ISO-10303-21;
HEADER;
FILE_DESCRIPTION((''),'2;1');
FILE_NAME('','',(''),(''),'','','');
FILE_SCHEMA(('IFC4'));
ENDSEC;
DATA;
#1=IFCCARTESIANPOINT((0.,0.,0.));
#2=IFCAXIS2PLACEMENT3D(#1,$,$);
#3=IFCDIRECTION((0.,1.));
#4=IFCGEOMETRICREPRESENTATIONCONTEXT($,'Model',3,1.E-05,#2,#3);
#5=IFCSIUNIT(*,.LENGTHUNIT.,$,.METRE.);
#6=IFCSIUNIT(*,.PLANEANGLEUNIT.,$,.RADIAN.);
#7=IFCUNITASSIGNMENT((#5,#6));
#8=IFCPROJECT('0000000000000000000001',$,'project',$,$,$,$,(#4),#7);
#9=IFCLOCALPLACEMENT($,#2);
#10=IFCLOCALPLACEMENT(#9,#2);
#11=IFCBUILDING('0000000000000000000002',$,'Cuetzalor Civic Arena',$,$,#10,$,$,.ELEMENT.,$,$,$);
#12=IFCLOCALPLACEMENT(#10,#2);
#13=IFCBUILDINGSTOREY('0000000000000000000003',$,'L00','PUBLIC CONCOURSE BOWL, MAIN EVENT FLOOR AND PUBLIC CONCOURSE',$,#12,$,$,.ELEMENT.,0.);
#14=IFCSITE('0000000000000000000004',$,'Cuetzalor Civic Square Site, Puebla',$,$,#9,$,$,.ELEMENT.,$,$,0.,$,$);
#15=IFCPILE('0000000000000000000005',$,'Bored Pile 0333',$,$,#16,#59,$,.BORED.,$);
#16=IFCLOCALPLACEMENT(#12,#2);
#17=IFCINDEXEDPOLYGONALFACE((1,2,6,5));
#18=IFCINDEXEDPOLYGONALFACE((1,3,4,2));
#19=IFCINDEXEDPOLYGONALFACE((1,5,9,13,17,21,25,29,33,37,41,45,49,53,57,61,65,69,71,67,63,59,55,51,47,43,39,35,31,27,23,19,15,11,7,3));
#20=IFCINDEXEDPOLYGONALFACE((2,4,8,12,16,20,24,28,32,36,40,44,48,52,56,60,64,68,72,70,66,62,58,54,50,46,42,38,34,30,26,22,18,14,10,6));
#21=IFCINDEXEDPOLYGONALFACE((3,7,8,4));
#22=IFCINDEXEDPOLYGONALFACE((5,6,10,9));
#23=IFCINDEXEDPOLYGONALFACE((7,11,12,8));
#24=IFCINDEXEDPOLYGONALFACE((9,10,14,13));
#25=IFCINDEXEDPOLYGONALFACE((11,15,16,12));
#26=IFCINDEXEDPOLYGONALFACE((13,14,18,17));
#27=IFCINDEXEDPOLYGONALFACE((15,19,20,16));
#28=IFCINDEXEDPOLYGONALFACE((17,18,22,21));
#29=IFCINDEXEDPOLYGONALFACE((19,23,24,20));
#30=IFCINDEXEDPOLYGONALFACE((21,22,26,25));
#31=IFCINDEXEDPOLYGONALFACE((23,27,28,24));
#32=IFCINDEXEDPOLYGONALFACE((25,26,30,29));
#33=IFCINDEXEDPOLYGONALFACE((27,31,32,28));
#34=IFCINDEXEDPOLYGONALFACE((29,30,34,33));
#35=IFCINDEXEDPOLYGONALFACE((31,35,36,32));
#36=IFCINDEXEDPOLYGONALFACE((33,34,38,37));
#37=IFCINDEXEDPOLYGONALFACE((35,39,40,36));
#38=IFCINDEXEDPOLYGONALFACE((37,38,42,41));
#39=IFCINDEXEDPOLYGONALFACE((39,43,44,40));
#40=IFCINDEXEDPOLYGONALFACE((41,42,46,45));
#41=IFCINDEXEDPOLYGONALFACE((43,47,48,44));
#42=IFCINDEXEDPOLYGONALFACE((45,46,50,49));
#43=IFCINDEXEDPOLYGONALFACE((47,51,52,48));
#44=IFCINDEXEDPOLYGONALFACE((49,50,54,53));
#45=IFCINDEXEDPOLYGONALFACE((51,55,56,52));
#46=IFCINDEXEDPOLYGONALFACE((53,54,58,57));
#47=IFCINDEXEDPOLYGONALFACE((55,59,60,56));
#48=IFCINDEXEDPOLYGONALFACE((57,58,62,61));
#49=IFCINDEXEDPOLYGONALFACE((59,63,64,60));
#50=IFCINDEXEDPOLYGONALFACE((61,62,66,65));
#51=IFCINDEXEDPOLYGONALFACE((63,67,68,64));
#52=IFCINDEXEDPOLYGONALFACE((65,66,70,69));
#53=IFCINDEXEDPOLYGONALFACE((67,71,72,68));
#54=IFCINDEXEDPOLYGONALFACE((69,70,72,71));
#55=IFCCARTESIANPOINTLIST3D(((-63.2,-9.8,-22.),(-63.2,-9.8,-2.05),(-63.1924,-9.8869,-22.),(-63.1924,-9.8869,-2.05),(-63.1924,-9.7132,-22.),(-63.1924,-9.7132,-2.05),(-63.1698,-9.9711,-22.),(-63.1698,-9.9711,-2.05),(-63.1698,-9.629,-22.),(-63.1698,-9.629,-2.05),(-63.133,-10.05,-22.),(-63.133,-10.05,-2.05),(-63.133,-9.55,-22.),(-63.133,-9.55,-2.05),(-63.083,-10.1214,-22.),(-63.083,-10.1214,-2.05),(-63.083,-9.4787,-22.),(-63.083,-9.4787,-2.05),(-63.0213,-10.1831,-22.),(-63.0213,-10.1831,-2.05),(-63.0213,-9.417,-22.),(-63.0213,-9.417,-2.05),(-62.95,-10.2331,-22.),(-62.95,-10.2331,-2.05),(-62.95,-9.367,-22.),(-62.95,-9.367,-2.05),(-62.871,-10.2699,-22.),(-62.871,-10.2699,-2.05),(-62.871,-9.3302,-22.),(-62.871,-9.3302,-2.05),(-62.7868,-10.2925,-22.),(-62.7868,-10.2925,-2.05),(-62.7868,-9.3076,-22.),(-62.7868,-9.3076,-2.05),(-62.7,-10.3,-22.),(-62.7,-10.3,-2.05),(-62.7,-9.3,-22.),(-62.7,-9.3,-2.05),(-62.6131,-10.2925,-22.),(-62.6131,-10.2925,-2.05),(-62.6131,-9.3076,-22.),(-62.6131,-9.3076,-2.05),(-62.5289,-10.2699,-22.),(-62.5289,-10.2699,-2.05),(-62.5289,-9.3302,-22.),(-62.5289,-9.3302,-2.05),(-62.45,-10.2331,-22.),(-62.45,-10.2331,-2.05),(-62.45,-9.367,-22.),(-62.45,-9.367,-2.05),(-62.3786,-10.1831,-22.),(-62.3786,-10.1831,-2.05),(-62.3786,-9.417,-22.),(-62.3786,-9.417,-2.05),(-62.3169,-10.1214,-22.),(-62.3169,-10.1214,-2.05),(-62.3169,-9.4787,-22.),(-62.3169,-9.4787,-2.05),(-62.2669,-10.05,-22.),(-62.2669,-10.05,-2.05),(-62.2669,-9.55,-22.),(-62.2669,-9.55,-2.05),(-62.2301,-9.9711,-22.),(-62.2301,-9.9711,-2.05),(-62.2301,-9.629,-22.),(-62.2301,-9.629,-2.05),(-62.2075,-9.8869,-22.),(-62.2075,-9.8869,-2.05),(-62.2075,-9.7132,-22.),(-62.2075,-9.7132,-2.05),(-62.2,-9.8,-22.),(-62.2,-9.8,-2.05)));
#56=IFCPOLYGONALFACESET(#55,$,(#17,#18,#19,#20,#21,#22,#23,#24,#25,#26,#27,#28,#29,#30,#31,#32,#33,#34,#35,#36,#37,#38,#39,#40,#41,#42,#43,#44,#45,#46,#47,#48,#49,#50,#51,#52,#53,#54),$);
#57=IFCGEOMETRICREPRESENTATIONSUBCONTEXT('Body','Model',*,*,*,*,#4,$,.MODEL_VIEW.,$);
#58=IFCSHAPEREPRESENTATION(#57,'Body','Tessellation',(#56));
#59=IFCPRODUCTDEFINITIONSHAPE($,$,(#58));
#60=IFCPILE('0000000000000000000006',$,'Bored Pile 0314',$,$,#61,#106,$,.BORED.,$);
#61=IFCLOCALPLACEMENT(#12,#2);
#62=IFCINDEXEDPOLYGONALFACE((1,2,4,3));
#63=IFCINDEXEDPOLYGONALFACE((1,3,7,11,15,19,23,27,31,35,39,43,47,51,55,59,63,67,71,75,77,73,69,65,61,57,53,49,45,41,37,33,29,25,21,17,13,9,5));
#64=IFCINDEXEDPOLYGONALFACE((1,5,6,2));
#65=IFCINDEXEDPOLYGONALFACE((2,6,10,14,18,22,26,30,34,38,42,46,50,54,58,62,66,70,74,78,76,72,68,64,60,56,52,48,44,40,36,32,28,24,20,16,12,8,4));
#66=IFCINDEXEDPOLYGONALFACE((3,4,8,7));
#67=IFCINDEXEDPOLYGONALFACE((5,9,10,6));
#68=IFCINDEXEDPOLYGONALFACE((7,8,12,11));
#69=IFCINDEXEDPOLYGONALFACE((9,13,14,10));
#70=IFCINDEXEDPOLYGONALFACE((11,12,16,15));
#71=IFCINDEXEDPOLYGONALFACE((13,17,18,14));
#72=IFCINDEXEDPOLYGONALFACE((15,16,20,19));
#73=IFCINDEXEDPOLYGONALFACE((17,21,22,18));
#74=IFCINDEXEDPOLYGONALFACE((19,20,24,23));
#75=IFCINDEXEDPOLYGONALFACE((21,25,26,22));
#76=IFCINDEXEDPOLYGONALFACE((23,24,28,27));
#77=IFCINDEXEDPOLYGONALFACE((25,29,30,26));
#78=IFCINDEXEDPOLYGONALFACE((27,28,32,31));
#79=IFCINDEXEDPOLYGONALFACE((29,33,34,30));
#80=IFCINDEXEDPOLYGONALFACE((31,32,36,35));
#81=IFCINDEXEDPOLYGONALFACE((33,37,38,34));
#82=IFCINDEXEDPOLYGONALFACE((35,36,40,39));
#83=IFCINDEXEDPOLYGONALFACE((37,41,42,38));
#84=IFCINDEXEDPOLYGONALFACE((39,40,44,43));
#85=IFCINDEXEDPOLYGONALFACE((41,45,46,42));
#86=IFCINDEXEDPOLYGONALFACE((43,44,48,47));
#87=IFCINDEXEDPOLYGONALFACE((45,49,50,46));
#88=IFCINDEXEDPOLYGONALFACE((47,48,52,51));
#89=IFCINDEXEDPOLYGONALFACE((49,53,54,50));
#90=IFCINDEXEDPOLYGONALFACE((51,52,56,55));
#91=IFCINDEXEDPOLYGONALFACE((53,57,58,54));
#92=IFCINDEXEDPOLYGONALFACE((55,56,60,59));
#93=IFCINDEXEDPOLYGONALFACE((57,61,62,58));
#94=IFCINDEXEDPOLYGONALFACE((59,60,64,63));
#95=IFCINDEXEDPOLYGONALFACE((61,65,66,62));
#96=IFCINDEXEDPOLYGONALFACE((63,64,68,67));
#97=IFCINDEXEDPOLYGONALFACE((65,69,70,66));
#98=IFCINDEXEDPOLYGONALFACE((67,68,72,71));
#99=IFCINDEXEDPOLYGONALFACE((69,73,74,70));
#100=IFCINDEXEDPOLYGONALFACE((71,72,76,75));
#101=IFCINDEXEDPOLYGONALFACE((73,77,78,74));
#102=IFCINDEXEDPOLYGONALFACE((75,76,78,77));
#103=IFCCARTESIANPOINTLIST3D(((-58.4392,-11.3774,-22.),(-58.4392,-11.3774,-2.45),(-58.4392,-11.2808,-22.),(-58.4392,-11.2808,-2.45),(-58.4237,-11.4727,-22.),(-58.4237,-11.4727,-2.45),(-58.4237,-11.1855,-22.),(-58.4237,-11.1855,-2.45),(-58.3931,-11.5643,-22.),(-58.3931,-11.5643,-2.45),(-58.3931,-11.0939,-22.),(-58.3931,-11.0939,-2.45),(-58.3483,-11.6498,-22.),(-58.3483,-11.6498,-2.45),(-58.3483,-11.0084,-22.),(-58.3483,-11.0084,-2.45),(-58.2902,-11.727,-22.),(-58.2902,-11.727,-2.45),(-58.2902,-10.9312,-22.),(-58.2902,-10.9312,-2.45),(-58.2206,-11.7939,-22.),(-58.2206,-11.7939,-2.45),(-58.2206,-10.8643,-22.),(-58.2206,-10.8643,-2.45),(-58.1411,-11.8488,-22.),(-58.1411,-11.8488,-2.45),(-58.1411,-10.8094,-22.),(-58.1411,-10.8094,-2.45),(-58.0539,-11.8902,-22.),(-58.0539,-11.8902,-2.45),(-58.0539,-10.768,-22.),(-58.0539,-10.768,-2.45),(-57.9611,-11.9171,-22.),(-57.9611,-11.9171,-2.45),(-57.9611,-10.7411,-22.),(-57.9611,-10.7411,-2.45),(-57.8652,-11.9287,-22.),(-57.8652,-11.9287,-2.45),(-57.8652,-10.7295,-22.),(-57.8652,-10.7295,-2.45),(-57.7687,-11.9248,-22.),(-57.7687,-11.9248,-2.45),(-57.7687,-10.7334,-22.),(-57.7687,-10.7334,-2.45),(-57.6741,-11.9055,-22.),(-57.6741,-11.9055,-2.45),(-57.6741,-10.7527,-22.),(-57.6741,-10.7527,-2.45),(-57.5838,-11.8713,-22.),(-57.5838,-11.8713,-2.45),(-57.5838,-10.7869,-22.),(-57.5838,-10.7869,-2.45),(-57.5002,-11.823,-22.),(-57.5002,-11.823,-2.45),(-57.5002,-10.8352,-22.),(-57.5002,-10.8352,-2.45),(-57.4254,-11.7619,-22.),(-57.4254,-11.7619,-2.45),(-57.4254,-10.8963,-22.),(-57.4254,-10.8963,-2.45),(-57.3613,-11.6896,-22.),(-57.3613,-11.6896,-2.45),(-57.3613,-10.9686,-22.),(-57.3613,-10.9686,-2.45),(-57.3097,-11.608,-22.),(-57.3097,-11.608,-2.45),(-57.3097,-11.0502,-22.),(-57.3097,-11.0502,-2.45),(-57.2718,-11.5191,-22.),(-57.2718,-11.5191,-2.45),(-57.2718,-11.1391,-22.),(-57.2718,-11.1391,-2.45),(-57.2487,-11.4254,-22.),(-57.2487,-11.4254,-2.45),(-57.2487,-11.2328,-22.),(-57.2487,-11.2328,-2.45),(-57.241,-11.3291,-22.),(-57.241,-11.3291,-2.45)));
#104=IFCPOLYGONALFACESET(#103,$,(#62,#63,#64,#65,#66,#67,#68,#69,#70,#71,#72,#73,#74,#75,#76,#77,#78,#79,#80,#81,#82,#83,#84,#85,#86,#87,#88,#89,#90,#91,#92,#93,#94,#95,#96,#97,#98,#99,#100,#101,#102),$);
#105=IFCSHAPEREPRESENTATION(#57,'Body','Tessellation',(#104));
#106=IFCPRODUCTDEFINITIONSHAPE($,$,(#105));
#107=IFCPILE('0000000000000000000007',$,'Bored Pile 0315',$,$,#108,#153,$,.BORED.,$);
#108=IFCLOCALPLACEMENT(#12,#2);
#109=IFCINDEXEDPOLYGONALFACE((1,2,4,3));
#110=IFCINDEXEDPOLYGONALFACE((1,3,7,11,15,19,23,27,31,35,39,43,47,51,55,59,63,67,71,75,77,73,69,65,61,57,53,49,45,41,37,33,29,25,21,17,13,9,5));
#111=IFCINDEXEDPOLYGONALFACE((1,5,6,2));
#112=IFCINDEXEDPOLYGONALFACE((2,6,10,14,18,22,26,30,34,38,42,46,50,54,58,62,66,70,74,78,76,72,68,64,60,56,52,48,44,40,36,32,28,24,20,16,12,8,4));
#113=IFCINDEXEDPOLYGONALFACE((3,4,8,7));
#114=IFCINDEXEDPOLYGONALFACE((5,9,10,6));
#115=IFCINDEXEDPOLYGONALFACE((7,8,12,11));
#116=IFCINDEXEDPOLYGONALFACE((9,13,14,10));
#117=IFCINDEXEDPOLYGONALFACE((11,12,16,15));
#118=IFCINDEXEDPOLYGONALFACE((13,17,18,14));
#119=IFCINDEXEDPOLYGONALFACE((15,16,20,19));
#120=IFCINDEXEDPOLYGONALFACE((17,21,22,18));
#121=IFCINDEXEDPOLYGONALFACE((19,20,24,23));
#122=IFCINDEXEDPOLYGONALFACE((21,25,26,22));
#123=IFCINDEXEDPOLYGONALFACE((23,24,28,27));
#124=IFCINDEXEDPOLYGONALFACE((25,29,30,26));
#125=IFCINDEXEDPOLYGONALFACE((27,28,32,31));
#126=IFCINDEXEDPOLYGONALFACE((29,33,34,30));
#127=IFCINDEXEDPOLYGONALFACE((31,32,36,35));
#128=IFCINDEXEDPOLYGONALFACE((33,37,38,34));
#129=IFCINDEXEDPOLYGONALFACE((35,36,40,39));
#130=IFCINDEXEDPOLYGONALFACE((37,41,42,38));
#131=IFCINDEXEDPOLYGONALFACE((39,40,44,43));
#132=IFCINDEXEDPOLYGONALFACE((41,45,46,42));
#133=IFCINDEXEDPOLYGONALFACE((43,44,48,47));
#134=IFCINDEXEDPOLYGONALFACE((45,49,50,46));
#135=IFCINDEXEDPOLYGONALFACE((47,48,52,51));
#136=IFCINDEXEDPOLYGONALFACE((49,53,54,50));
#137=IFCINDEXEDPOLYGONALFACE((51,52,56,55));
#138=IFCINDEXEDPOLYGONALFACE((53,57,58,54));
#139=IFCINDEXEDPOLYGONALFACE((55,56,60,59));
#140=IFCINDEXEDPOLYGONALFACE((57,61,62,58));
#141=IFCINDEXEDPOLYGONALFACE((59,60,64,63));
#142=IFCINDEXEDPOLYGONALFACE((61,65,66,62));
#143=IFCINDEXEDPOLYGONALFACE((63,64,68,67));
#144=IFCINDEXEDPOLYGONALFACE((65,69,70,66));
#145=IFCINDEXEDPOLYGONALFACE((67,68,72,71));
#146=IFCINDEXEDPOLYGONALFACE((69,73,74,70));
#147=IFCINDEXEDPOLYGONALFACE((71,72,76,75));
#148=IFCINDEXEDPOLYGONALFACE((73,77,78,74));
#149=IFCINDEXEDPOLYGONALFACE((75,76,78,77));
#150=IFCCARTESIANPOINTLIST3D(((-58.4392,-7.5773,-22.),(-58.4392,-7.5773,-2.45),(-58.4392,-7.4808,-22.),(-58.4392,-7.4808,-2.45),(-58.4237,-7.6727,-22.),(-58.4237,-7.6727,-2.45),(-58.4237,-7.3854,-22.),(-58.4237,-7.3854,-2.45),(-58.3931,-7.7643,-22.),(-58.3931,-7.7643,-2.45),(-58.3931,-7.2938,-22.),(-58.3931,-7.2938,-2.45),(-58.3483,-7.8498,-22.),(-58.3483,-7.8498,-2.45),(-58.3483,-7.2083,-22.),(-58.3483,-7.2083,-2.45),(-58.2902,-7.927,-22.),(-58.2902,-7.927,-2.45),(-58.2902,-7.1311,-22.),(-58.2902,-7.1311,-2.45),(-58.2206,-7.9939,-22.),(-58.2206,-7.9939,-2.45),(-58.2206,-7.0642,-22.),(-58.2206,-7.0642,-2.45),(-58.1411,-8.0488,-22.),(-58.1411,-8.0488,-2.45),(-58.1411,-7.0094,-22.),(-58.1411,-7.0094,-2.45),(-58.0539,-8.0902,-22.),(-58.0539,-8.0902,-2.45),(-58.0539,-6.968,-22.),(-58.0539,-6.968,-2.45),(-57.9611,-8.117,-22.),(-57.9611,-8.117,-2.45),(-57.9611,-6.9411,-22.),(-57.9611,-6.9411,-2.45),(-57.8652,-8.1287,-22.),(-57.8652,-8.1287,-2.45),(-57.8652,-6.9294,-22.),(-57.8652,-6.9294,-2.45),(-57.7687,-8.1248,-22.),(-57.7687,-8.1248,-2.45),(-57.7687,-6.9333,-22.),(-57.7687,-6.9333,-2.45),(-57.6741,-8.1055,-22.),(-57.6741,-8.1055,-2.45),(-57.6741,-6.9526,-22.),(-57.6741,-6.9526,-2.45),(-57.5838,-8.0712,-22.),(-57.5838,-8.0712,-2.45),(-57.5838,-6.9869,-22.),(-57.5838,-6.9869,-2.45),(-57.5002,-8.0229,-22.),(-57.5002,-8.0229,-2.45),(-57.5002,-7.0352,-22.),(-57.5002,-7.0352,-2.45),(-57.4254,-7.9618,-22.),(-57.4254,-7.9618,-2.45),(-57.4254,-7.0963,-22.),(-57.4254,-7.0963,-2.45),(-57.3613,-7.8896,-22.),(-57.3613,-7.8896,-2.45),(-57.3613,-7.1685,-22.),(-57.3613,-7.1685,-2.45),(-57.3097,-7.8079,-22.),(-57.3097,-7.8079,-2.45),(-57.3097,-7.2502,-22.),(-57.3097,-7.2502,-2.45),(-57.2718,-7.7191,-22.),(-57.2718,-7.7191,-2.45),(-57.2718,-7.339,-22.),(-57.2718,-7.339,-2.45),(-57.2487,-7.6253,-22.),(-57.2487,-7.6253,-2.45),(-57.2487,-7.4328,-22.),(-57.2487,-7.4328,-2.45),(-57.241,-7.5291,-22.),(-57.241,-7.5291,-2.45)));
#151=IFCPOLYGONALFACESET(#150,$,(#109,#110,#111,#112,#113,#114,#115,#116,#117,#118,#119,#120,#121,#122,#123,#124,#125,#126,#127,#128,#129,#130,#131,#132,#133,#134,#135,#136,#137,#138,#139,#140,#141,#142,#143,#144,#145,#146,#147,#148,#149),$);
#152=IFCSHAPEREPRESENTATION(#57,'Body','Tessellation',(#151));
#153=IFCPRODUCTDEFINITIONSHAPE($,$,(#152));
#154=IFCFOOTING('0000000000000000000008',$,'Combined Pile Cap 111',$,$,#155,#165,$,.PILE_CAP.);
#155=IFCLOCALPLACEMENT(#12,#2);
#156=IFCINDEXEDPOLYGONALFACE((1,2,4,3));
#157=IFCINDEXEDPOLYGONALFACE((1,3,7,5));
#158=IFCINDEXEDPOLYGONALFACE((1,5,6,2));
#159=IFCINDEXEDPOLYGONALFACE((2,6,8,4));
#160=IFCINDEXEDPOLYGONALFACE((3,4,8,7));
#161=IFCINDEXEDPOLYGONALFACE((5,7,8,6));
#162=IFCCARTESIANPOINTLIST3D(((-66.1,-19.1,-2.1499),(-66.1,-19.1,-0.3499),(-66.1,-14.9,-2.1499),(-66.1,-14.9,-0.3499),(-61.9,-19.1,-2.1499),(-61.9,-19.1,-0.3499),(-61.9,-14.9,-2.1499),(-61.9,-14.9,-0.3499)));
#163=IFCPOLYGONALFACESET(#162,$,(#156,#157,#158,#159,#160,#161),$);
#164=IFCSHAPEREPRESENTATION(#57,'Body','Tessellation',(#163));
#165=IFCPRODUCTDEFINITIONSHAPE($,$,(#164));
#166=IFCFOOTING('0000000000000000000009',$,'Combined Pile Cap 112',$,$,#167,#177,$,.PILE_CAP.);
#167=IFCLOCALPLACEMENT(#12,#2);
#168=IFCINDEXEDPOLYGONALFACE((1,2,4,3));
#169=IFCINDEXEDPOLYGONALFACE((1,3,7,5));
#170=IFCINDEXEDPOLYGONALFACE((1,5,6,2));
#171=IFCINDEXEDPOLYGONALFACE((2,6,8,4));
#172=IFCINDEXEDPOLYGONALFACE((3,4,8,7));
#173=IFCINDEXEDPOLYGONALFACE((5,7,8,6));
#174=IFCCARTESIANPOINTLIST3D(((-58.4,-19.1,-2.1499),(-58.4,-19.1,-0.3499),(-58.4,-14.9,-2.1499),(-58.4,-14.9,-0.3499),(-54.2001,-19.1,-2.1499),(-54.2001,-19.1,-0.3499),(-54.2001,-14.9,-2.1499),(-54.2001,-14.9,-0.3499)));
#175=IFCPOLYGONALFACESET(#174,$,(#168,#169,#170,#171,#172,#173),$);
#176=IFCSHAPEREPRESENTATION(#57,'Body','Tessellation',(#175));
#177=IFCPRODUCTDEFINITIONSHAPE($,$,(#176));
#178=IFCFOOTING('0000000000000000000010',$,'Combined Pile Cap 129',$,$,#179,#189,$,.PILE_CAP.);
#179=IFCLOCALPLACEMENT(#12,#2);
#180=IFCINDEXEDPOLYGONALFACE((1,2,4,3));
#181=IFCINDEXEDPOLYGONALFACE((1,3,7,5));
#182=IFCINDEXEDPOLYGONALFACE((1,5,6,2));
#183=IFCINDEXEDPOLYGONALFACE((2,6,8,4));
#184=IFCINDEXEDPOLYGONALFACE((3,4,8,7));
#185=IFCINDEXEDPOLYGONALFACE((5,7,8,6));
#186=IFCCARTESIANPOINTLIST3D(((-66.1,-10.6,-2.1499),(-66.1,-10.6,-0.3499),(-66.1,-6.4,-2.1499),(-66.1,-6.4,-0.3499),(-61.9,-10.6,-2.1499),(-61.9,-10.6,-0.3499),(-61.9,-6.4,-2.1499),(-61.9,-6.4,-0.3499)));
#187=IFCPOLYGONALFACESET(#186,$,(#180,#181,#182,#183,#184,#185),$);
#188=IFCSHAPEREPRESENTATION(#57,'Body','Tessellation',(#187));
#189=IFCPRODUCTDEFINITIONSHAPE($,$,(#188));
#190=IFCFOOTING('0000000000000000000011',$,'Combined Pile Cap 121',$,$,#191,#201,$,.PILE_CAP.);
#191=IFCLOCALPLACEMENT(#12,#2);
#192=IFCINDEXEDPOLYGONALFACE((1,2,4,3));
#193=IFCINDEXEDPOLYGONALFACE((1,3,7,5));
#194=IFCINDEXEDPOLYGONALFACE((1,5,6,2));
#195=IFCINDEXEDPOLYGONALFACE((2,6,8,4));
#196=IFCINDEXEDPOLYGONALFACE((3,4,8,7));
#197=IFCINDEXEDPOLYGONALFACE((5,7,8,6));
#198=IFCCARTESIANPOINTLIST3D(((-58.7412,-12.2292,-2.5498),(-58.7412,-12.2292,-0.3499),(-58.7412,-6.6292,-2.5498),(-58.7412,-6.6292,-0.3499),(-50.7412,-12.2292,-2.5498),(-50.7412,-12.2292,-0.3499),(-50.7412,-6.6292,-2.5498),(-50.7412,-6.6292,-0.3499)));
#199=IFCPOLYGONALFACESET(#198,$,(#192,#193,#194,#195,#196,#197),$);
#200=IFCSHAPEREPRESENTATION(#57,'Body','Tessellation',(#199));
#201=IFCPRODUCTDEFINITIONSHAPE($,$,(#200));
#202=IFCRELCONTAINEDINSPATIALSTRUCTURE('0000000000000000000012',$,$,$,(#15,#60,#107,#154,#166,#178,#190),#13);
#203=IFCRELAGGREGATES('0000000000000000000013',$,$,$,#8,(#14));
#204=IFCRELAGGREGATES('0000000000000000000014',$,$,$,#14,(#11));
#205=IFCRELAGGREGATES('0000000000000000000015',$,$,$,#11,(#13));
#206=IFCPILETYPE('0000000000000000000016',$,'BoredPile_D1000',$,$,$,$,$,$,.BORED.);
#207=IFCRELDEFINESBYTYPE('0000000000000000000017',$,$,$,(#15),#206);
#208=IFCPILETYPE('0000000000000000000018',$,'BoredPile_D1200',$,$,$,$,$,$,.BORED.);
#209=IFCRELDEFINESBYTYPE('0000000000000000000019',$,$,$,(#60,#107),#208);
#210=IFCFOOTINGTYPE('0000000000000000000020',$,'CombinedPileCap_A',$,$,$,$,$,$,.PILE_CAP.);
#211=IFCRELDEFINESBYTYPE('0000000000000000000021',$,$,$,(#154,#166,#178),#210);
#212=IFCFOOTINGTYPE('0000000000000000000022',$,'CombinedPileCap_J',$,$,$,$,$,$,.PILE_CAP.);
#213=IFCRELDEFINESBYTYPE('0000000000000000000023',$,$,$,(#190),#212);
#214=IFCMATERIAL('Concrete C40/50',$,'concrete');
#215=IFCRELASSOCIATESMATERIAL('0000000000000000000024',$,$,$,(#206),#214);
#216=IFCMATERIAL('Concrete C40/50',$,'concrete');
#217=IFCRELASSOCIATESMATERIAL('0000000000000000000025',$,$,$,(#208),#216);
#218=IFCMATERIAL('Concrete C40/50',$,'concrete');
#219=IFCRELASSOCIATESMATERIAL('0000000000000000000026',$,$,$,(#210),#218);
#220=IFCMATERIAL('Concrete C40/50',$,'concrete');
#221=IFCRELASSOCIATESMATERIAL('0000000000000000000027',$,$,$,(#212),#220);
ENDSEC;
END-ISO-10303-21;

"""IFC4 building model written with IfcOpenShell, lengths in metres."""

from ifc_helpers import new_model, si_unit, direction, frame, origin, origin_2d, place, context, subcontext, project, spatial, rectangle, circle, extrude, material, material_profile, profile_set, type_object, element, save


model = new_model("IFC4")

# Units and contexts
model_context = context("Model", 3, precision=1e-05, world=origin(), true_north=direction((0.0, 1.0)))
body_context = subcontext(model_context, "Body", "Model", "MODEL_VIEW")
ifc_project = project(units=[si_unit("LENGTHUNIT", "METRE"), si_unit("PLANEANGLEUNIT", "RADIAN")], contexts=[model_context])

# Site, building, storey
site_placement = place(None, origin())
site = spatial("IfcSite", under=ifc_project, at=site_placement, Name="Cuetzalor Civic Square Site, Puebla", CompositionType="ELEMENT", RefElevation=0.0)
building_placement = place(site_placement, origin())
building = spatial("IfcBuilding", under=site, at=building_placement, Name="Cuetzalor Civic Arena", CompositionType="ELEMENT")
storey_placement = place(building_placement, origin())
storey = spatial("IfcBuildingStorey", under=building, at=storey_placement, Name="L00", Description="PUBLIC CONCOURSE BOWL, MAIN EVENT FLOOR AND PUBLIC CONCOURSE", CompositionType="ELEMENT", Elevation=0.0)

# Piles
ifc_material_1 = material(Name="Concrete C40/50", Category="concrete")
ifc_material_profile_1 = material_profile(ifc_material_1, circle(Radius=0.5, at=origin_2d()), Name="BORED PILE D1000")
ifc_profile_set_1 = profile_set([ifc_material_profile_1], Name="Concrete C40/50")
pile_type_1 = type_object("IfcPileType", Name="BoredPile_D1000", PredefinedType="BORED", material=ifc_profile_set_1)
for number, where, z_axis, x_axis, name in (
    (1, (-62.7, -9.8, -2.05), (0.0, 0.0, -1.0), (1.0, 0.0, 0.0), "Bored Pile 0333"),
):
    element("IfcPile", number, at=place(storey_placement, frame(where, z_axis=z_axis, x_axis=x_axis)), inside=storey, type_object=pile_type_1, Name=name, PredefinedType="BORED", context=body_context, shape_type="SweptSolid", body=[
        extrude(circle(Radius=0.5, at=origin_2d()), origin(), (0.0, 0.0, 1.0), 19.95),
    ])
ifc_material_2 = material(Name="Concrete C40/50", Category="concrete")
ifc_material_profile_2 = material_profile(ifc_material_2, circle(Radius=0.6001, at=origin_2d()), Name="BORED PILE D1200")
ifc_profile_set_2 = profile_set([ifc_material_profile_2], Name="Concrete C40/50")
pile_type_2 = type_object("IfcPileType", Name="BoredPile_D1200", PredefinedType="BORED", material=ifc_profile_set_2)
for number, where, z_axis, x_axis, name in (
    (2, (-57.8411, -11.3291, -2.45), (0.0, 0.0, -1.0), (1.0, 0.0, 0.0), "Bored Pile 0314"),
    (3, (-57.8411, -7.5291, -2.45), (0.0, 0.0, -1.0), (1.0, 0.0, 0.0), "Bored Pile 0315"),
):
    element("IfcPile", number, at=place(storey_placement, frame(where, z_axis=z_axis, x_axis=x_axis)), inside=storey, type_object=pile_type_2, Name=name, PredefinedType="BORED", context=body_context, shape_type="SweptSolid", body=[
        extrude(circle(Radius=0.6001, at=origin_2d()), origin(), (0.0, 0.0, 1.0), 19.55),
    ])

# Footings
ifc_material_3 = material(Name="Concrete C40/50", Category="concrete")
footing_type_1 = type_object("IfcFootingType", Name="CombinedPileCap_A", PredefinedType="PILE_CAP", material=ifc_material_3)
for number, where, z_axis, x_axis, name in (
    (4, (-64.0, -17.0, -2.1499), (0.0, 0.0, 1.0), (1.0, 0.0, 0.0), "Combined Pile Cap 111"),
    (5, (-56.3, -17.0, -2.1499), (0.0, 0.0, 1.0), (1.0, 0.0, 0.0), "Combined Pile Cap 112"),
    (6, (-64.0, -8.5, -2.1499), (0.0, 0.0, 1.0), (1.0, 0.0, 0.0), "Combined Pile Cap 129"),
):
    element("IfcFooting", number, at=place(storey_placement, frame(where, z_axis=z_axis, x_axis=x_axis)), inside=storey, type_object=footing_type_1, Name=name, PredefinedType="PILE_CAP", context=body_context, shape_type="SweptSolid", body=[
        extrude(rectangle(XDim=4.2, YDim=4.2, at=origin_2d()), origin(), (0.0, 0.0, 1.0), 1.8),
    ])
ifc_material_4 = material(Name="Concrete C40/50", Category="concrete")
footing_type_2 = type_object("IfcFootingType", Name="CombinedPileCap_J", PredefinedType="PILE_CAP", material=ifc_material_4)
footing_1_placement = place(storey_placement, frame((-54.7412, -9.4292, -2.5498), z_axis=(0.0, 0.0, 1.0), x_axis=(1.0, 0.0, 0.0)))
element("IfcFooting", 7, at=footing_1_placement, inside=storey, type_object=footing_type_2, Name="Combined Pile Cap 121", PredefinedType="PILE_CAP", context=body_context, shape_type="SweptSolid", body=[
    extrude(rectangle(XDim=8.0, YDim=5.6001, at=origin_2d()), origin(), (0.0, 0.0, 1.0), 2.2),
])

save(model, "model.ifc")
